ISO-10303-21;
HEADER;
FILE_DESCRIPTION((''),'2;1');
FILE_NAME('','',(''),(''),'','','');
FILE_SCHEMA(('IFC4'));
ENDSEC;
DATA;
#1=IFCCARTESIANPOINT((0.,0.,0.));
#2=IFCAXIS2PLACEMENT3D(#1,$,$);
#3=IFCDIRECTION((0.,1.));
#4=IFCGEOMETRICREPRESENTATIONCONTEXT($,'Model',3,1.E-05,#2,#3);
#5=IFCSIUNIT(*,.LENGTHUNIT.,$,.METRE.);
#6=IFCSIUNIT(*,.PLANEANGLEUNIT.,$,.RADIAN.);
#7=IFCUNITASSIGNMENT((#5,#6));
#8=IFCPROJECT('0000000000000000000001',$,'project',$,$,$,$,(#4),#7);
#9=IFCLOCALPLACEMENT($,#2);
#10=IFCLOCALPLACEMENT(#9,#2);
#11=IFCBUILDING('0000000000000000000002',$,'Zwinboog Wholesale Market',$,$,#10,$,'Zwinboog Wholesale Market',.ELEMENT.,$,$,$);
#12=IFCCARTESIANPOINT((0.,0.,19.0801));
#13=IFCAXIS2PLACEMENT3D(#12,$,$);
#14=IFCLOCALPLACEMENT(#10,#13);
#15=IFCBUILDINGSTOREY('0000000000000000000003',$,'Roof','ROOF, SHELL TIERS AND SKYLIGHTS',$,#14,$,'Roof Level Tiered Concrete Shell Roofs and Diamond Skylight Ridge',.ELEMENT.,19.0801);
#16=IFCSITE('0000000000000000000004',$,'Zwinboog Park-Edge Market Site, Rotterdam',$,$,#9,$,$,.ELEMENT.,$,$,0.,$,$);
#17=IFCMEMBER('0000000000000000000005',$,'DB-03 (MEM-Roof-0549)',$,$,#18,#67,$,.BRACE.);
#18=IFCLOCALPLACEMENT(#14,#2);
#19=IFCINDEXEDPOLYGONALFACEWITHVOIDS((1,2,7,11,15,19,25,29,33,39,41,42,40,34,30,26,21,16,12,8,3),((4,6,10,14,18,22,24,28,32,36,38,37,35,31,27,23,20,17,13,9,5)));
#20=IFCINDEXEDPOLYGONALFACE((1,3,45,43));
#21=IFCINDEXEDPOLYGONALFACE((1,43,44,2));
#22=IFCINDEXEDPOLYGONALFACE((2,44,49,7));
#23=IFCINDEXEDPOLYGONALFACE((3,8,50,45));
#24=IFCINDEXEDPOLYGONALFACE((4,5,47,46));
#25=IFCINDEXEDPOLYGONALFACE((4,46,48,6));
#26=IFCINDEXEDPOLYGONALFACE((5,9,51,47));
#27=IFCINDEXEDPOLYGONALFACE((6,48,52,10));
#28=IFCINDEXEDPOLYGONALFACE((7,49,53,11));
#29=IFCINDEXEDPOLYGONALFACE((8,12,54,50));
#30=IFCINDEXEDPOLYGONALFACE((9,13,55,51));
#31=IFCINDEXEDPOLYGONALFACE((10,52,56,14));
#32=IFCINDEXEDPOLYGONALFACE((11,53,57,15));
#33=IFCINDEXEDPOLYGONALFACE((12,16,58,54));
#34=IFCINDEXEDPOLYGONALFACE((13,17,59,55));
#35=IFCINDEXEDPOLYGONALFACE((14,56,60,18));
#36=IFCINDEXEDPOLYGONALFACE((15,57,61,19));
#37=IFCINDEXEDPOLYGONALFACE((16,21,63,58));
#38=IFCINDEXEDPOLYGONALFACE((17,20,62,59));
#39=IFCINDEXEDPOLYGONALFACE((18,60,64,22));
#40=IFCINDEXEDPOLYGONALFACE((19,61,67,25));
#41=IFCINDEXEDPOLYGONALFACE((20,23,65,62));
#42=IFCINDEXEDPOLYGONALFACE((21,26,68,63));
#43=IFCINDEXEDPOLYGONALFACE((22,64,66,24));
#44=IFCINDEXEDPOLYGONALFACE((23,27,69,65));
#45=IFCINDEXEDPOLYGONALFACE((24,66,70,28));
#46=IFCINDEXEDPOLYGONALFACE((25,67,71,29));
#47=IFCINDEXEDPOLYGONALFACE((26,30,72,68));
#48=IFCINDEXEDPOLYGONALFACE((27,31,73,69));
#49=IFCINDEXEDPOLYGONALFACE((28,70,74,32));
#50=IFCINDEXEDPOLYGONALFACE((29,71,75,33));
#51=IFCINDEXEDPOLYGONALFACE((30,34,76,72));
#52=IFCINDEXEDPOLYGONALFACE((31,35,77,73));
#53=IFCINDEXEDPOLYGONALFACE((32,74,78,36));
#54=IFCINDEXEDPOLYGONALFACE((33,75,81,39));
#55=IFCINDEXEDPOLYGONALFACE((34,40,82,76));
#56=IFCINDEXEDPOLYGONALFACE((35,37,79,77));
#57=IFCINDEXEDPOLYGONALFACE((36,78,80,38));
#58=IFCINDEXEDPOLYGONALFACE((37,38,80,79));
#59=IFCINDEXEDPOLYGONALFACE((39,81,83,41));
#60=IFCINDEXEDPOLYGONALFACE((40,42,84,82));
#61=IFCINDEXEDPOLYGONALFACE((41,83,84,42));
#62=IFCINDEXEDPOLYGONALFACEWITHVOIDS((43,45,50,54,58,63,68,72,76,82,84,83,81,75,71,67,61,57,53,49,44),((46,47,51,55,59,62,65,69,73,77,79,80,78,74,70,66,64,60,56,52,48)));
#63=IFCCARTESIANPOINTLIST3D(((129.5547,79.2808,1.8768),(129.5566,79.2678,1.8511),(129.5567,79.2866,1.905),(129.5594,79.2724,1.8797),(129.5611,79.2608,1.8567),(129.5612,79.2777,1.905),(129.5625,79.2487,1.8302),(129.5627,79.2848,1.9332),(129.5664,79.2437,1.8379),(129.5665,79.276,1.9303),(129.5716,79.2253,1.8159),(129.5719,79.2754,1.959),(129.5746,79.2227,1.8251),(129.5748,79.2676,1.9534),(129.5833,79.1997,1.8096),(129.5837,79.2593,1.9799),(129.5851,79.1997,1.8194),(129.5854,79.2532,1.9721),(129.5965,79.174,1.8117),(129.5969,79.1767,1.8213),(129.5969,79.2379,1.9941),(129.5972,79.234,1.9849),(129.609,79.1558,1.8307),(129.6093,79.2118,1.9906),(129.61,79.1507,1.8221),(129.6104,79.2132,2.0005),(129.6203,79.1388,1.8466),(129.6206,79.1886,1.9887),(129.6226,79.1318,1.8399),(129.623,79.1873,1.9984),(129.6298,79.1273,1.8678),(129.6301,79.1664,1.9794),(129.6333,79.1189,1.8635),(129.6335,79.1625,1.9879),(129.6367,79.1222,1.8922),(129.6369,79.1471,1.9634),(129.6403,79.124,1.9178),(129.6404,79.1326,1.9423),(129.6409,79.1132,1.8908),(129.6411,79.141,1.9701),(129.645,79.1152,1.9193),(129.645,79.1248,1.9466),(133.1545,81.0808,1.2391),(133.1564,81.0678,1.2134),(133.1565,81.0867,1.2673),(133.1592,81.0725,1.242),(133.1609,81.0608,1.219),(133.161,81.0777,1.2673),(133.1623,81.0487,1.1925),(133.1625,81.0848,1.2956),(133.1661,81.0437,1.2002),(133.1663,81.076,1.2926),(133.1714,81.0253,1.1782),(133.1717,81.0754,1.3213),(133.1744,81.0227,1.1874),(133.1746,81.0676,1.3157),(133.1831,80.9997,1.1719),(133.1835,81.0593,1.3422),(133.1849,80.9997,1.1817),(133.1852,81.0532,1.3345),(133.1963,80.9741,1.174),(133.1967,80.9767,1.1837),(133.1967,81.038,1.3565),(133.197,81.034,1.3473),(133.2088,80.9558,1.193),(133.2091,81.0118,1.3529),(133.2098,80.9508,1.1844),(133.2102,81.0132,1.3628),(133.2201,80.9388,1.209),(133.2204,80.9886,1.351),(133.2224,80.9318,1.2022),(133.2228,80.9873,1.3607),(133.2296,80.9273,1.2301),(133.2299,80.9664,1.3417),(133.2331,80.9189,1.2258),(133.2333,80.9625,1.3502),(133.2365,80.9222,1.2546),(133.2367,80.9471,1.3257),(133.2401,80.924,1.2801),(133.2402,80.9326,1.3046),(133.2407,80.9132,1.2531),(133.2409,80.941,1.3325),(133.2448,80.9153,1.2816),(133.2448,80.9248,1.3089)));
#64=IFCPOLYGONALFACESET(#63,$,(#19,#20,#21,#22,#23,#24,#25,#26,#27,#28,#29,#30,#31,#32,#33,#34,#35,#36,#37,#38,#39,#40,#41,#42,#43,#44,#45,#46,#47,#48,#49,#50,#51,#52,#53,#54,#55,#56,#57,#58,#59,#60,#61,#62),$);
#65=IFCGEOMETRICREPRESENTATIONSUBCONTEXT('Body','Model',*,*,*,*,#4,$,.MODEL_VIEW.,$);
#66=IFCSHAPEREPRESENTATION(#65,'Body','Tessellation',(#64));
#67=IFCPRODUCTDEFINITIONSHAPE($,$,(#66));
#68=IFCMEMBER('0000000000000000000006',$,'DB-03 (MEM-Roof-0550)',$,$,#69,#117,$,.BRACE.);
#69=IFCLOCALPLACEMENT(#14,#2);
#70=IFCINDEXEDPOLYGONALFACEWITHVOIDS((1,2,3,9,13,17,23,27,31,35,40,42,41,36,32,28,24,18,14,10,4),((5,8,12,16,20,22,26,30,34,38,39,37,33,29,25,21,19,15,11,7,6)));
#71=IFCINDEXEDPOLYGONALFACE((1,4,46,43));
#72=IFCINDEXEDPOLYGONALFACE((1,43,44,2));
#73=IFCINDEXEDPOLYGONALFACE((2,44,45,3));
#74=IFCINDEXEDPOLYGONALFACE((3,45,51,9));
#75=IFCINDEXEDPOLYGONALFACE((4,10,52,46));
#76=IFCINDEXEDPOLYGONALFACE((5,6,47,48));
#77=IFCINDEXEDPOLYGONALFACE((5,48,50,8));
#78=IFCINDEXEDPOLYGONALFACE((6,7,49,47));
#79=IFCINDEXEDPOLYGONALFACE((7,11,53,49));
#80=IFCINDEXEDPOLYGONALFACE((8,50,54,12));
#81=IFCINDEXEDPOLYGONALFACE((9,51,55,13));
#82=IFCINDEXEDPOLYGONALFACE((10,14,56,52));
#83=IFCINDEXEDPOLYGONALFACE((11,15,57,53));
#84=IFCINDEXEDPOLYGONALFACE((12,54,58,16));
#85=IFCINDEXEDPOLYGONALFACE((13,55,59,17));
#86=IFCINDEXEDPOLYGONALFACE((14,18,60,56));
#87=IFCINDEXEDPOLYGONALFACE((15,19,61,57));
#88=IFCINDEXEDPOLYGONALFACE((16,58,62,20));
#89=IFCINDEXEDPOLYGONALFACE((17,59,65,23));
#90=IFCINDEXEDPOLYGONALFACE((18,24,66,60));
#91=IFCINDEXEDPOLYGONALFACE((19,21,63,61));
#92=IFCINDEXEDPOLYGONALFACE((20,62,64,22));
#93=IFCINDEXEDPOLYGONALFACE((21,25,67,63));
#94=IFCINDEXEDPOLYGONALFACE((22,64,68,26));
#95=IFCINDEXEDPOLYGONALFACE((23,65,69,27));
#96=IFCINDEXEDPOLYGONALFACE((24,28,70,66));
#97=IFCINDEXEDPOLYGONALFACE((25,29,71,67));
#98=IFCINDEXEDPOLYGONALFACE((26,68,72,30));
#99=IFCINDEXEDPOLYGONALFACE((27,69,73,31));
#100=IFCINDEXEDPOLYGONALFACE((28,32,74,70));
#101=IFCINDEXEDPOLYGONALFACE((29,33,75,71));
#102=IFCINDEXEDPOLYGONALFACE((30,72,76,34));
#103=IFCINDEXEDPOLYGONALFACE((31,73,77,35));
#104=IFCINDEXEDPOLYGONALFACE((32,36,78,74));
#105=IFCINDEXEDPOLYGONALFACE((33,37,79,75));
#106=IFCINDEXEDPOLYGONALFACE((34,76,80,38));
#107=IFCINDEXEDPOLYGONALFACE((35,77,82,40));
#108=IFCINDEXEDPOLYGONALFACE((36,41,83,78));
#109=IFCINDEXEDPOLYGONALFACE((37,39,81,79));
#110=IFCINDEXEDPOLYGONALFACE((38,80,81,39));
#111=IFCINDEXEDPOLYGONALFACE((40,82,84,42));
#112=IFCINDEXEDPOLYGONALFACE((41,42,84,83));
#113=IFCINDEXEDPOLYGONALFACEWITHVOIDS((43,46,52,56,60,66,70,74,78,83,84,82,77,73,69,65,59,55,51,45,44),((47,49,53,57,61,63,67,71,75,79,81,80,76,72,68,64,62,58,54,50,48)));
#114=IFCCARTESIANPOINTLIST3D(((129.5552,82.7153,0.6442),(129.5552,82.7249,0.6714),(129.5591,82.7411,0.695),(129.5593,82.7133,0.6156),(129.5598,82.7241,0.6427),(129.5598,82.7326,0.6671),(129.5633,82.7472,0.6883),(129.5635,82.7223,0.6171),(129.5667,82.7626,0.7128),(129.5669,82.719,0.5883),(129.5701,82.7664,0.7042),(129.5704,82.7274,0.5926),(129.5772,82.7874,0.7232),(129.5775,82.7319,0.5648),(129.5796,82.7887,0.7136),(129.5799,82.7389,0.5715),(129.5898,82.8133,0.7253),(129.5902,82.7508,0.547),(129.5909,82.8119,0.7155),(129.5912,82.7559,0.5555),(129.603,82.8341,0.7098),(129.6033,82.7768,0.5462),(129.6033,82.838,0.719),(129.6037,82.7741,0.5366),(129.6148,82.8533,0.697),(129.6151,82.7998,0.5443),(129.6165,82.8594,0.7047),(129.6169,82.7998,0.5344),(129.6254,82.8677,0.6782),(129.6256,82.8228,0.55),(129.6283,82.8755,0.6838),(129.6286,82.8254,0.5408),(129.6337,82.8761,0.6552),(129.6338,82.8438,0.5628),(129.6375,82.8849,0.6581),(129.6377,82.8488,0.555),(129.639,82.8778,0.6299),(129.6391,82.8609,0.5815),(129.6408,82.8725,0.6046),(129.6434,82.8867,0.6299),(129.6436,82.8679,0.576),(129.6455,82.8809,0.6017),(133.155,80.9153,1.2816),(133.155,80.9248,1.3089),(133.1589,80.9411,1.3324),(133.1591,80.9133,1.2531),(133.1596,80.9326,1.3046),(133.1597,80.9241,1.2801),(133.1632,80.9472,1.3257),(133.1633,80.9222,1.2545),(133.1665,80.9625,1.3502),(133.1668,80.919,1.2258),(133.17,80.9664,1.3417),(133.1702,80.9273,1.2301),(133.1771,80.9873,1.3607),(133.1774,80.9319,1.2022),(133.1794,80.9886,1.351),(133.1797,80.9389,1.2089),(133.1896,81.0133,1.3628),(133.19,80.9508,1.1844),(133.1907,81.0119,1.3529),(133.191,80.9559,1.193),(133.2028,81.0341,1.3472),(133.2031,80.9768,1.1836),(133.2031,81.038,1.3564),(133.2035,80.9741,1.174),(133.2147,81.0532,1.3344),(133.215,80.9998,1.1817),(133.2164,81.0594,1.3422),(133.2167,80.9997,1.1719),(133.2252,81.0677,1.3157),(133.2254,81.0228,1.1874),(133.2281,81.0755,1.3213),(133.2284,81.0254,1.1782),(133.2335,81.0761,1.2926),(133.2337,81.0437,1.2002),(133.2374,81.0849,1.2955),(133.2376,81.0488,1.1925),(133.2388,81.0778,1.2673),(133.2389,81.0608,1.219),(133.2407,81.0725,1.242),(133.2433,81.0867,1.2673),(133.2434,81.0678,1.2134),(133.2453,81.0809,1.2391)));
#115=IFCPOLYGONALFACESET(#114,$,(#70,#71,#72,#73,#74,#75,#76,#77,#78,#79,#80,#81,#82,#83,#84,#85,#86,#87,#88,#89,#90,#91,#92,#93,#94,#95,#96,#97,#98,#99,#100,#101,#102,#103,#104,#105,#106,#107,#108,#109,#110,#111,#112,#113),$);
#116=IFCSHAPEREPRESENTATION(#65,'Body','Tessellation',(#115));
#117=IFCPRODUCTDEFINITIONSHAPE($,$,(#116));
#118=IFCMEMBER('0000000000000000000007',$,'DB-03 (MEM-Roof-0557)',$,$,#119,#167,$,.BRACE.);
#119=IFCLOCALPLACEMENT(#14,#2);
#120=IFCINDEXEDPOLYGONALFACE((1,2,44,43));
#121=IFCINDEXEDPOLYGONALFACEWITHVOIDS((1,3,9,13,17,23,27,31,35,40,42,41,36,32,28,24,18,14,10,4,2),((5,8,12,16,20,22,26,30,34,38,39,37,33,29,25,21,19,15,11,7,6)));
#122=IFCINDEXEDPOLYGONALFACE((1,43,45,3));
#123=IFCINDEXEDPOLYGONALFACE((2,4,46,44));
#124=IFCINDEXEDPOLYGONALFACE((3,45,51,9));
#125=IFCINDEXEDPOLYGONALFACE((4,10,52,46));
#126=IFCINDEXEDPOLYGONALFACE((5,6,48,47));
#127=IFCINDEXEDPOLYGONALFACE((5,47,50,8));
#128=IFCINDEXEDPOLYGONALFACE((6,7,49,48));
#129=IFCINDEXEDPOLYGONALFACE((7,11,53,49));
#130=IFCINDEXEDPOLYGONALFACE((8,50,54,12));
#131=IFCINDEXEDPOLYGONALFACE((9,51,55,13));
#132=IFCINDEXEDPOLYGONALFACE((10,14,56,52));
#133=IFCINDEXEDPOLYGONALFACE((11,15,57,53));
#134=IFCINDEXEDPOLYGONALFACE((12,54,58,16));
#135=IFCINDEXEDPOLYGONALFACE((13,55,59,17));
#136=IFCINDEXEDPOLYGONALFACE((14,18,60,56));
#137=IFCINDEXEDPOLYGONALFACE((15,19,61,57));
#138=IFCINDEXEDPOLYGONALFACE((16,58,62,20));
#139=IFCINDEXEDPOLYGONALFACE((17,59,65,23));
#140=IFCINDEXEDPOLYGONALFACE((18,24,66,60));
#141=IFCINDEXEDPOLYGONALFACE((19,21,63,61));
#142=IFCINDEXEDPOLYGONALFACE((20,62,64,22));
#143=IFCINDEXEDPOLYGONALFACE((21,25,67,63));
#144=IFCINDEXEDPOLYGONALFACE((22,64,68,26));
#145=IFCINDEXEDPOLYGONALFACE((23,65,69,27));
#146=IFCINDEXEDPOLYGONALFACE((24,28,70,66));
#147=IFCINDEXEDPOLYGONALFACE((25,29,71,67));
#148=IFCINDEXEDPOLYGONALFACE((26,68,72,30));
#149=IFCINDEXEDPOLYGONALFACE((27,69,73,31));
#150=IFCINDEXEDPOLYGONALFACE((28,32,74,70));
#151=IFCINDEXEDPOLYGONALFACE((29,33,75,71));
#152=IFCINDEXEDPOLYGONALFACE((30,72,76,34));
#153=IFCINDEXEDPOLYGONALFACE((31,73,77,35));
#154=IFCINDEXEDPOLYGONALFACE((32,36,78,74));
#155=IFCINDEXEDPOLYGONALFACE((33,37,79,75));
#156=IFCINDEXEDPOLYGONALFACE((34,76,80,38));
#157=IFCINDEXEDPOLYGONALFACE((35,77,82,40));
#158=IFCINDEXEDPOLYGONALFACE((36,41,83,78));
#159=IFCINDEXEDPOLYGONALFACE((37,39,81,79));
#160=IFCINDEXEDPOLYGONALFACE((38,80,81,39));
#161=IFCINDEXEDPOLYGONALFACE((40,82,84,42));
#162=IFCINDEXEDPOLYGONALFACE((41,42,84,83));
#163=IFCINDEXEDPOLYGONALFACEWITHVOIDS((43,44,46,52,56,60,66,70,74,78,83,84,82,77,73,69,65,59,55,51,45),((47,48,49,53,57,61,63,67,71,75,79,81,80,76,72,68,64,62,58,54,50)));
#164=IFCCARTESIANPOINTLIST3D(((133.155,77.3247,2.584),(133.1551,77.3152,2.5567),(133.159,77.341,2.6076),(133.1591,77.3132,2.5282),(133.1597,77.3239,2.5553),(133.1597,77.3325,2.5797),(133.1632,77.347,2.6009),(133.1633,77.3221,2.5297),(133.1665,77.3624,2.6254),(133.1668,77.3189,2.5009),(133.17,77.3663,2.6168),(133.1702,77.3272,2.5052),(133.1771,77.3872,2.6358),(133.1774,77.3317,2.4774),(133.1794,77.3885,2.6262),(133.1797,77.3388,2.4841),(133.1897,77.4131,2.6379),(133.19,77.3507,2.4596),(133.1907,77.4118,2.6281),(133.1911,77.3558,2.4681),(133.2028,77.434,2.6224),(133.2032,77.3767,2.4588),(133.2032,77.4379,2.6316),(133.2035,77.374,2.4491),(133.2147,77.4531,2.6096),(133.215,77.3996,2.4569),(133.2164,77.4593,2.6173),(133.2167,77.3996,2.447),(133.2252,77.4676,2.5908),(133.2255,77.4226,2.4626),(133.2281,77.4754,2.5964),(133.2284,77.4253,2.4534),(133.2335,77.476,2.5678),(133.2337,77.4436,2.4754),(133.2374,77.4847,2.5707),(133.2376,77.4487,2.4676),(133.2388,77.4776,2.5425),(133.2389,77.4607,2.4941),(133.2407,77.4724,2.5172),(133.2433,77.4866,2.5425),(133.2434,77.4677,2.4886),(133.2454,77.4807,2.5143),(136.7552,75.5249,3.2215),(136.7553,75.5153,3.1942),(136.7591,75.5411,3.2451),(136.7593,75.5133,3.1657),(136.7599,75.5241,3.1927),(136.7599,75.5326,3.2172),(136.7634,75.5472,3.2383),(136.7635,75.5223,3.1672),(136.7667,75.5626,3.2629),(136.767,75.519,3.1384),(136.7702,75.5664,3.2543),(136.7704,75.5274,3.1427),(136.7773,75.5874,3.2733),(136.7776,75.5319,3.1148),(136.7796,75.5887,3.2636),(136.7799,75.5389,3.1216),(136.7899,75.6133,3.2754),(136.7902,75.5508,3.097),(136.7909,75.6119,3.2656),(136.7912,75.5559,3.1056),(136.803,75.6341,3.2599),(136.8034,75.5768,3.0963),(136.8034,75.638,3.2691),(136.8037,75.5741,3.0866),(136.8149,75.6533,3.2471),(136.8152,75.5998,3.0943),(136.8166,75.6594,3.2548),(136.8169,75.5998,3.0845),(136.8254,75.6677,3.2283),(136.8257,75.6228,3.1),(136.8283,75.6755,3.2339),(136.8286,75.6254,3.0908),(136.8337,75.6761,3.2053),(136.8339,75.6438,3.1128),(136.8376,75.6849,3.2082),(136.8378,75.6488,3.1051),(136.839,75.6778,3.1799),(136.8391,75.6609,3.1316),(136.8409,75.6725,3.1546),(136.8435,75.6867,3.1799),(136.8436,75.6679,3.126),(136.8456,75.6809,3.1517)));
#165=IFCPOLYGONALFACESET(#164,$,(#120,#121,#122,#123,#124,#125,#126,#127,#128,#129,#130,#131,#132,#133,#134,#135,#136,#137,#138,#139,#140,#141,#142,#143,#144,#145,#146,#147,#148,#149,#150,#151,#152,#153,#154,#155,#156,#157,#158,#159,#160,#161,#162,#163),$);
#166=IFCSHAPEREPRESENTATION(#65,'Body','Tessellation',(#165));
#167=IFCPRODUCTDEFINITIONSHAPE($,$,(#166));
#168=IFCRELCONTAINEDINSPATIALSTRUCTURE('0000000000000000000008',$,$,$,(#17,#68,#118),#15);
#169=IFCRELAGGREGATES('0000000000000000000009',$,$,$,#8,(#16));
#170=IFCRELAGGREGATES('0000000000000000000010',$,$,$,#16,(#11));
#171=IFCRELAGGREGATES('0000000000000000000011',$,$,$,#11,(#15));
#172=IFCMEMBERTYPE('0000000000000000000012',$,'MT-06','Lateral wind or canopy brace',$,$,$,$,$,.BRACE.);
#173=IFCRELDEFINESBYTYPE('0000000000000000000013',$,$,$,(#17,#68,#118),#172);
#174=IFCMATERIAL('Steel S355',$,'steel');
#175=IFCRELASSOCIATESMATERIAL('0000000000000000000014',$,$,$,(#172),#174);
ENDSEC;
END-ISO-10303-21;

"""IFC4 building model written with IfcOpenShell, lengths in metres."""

from ifc_helpers import new_model, si_unit, direction, frame, origin, origin_2d, place, context, subcontext, project, spatial, hollow_circle, extrude, material, material_profile, profile_set, type_object, element, save


model = new_model("IFC4")

# Units and contexts
model_context = context("Model", 3, precision=1e-05, world=origin(), true_north=direction((0.0, 1.0)))
body_context = subcontext(model_context, "Body", "Model", "MODEL_VIEW")
ifc_project = project(units=[si_unit("LENGTHUNIT", "METRE"), si_unit("PLANEANGLEUNIT", "RADIAN")], contexts=[model_context])

# Site, building, storey
site_placement = place(None, origin())
site = spatial("IfcSite", under=ifc_project, at=site_placement, Name="Zwinboog Park-Edge Market Site, Rotterdam", CompositionType="ELEMENT", RefElevation=0.0)
building_placement = place(site_placement, origin())
building = spatial("IfcBuilding", under=site, at=building_placement, Name="Zwinboog Wholesale Market", LongName="Zwinboog Wholesale Market", CompositionType="ELEMENT")
storey_placement = place(building_placement, frame((0.0, 0.0, 19.0801)))
storey = spatial("IfcBuildingStorey", under=building, at=storey_placement, Name="Roof", Description="ROOF, SHELL TIERS AND SKYLIGHTS", LongName="Roof Level Tiered Concrete Shell Roofs and Diamond Skylight Ridge", CompositionType="ELEMENT", Elevation=19.0801)

# Members
ifc_material_1 = material(Name="Steel S355", Category="steel")
ifc_material_profile_1 = material_profile(ifc_material_1, hollow_circle(Radius=0.0969, WallThickness=0.01, at=origin_2d()), Name="CHS 193.7x10")
ifc_profile_set_1 = profile_set([ifc_material_profile_1], Name="Steel S355")
member_type_1 = type_object("IfcMemberType", Name="MT-06", Description="Lateral wind or canopy brace", PredefinedType="BRACE", material=ifc_profile_set_1)
for number, where, z_axis, x_axis, name in (
    (1, (129.6001, 79.2, 1.905), (0.883396, 0.441728, -0.156489), (-0.447238, 0.894415, 0.0), "DB-03 (MEM-Roof-0549)"),
    (2, (129.6001, 82.8, 0.6299), (0.883404, -0.441732, 0.15643), (0.447238, 0.894415, 0.0), "DB-03 (MEM-Roof-0550)"),
):
    element("IfcMember", number, at=place(storey_placement, frame(where, z_axis=z_axis, x_axis=x_axis)), inside=storey, type_object=member_type_1, Name=name, PredefinedType="BRACE", context=body_context, shape_type="SweptSolid", body=[
        extrude(hollow_circle(Radius=0.0969, WallThickness=0.01, at=origin_2d()), origin(), (0.0, 0.0, 1.0), 4.075),
    ])
for number, where, z_axis, x_axis, name in (
    (3, (133.2, 77.3999, 2.5425), (0.88344, -0.44166, 0.156426), (0.447165, 0.894451, 0.0), "DB-03 (MEM-Roof-0557)"),
):
    element("IfcMember", number, at=place(storey_placement, frame(where, z_axis=z_axis, x_axis=x_axis)), inside=storey, type_object=member_type_1, Name=name, PredefinedType="BRACE", context=body_context, shape_type="SweptSolid", body=[
        extrude(hollow_circle(Radius=0.0969, WallThickness=0.01, at=origin_2d()), origin(), (0.0, 0.0, 1.0), 4.0752),
    ])

save(model, "model.ifc")
